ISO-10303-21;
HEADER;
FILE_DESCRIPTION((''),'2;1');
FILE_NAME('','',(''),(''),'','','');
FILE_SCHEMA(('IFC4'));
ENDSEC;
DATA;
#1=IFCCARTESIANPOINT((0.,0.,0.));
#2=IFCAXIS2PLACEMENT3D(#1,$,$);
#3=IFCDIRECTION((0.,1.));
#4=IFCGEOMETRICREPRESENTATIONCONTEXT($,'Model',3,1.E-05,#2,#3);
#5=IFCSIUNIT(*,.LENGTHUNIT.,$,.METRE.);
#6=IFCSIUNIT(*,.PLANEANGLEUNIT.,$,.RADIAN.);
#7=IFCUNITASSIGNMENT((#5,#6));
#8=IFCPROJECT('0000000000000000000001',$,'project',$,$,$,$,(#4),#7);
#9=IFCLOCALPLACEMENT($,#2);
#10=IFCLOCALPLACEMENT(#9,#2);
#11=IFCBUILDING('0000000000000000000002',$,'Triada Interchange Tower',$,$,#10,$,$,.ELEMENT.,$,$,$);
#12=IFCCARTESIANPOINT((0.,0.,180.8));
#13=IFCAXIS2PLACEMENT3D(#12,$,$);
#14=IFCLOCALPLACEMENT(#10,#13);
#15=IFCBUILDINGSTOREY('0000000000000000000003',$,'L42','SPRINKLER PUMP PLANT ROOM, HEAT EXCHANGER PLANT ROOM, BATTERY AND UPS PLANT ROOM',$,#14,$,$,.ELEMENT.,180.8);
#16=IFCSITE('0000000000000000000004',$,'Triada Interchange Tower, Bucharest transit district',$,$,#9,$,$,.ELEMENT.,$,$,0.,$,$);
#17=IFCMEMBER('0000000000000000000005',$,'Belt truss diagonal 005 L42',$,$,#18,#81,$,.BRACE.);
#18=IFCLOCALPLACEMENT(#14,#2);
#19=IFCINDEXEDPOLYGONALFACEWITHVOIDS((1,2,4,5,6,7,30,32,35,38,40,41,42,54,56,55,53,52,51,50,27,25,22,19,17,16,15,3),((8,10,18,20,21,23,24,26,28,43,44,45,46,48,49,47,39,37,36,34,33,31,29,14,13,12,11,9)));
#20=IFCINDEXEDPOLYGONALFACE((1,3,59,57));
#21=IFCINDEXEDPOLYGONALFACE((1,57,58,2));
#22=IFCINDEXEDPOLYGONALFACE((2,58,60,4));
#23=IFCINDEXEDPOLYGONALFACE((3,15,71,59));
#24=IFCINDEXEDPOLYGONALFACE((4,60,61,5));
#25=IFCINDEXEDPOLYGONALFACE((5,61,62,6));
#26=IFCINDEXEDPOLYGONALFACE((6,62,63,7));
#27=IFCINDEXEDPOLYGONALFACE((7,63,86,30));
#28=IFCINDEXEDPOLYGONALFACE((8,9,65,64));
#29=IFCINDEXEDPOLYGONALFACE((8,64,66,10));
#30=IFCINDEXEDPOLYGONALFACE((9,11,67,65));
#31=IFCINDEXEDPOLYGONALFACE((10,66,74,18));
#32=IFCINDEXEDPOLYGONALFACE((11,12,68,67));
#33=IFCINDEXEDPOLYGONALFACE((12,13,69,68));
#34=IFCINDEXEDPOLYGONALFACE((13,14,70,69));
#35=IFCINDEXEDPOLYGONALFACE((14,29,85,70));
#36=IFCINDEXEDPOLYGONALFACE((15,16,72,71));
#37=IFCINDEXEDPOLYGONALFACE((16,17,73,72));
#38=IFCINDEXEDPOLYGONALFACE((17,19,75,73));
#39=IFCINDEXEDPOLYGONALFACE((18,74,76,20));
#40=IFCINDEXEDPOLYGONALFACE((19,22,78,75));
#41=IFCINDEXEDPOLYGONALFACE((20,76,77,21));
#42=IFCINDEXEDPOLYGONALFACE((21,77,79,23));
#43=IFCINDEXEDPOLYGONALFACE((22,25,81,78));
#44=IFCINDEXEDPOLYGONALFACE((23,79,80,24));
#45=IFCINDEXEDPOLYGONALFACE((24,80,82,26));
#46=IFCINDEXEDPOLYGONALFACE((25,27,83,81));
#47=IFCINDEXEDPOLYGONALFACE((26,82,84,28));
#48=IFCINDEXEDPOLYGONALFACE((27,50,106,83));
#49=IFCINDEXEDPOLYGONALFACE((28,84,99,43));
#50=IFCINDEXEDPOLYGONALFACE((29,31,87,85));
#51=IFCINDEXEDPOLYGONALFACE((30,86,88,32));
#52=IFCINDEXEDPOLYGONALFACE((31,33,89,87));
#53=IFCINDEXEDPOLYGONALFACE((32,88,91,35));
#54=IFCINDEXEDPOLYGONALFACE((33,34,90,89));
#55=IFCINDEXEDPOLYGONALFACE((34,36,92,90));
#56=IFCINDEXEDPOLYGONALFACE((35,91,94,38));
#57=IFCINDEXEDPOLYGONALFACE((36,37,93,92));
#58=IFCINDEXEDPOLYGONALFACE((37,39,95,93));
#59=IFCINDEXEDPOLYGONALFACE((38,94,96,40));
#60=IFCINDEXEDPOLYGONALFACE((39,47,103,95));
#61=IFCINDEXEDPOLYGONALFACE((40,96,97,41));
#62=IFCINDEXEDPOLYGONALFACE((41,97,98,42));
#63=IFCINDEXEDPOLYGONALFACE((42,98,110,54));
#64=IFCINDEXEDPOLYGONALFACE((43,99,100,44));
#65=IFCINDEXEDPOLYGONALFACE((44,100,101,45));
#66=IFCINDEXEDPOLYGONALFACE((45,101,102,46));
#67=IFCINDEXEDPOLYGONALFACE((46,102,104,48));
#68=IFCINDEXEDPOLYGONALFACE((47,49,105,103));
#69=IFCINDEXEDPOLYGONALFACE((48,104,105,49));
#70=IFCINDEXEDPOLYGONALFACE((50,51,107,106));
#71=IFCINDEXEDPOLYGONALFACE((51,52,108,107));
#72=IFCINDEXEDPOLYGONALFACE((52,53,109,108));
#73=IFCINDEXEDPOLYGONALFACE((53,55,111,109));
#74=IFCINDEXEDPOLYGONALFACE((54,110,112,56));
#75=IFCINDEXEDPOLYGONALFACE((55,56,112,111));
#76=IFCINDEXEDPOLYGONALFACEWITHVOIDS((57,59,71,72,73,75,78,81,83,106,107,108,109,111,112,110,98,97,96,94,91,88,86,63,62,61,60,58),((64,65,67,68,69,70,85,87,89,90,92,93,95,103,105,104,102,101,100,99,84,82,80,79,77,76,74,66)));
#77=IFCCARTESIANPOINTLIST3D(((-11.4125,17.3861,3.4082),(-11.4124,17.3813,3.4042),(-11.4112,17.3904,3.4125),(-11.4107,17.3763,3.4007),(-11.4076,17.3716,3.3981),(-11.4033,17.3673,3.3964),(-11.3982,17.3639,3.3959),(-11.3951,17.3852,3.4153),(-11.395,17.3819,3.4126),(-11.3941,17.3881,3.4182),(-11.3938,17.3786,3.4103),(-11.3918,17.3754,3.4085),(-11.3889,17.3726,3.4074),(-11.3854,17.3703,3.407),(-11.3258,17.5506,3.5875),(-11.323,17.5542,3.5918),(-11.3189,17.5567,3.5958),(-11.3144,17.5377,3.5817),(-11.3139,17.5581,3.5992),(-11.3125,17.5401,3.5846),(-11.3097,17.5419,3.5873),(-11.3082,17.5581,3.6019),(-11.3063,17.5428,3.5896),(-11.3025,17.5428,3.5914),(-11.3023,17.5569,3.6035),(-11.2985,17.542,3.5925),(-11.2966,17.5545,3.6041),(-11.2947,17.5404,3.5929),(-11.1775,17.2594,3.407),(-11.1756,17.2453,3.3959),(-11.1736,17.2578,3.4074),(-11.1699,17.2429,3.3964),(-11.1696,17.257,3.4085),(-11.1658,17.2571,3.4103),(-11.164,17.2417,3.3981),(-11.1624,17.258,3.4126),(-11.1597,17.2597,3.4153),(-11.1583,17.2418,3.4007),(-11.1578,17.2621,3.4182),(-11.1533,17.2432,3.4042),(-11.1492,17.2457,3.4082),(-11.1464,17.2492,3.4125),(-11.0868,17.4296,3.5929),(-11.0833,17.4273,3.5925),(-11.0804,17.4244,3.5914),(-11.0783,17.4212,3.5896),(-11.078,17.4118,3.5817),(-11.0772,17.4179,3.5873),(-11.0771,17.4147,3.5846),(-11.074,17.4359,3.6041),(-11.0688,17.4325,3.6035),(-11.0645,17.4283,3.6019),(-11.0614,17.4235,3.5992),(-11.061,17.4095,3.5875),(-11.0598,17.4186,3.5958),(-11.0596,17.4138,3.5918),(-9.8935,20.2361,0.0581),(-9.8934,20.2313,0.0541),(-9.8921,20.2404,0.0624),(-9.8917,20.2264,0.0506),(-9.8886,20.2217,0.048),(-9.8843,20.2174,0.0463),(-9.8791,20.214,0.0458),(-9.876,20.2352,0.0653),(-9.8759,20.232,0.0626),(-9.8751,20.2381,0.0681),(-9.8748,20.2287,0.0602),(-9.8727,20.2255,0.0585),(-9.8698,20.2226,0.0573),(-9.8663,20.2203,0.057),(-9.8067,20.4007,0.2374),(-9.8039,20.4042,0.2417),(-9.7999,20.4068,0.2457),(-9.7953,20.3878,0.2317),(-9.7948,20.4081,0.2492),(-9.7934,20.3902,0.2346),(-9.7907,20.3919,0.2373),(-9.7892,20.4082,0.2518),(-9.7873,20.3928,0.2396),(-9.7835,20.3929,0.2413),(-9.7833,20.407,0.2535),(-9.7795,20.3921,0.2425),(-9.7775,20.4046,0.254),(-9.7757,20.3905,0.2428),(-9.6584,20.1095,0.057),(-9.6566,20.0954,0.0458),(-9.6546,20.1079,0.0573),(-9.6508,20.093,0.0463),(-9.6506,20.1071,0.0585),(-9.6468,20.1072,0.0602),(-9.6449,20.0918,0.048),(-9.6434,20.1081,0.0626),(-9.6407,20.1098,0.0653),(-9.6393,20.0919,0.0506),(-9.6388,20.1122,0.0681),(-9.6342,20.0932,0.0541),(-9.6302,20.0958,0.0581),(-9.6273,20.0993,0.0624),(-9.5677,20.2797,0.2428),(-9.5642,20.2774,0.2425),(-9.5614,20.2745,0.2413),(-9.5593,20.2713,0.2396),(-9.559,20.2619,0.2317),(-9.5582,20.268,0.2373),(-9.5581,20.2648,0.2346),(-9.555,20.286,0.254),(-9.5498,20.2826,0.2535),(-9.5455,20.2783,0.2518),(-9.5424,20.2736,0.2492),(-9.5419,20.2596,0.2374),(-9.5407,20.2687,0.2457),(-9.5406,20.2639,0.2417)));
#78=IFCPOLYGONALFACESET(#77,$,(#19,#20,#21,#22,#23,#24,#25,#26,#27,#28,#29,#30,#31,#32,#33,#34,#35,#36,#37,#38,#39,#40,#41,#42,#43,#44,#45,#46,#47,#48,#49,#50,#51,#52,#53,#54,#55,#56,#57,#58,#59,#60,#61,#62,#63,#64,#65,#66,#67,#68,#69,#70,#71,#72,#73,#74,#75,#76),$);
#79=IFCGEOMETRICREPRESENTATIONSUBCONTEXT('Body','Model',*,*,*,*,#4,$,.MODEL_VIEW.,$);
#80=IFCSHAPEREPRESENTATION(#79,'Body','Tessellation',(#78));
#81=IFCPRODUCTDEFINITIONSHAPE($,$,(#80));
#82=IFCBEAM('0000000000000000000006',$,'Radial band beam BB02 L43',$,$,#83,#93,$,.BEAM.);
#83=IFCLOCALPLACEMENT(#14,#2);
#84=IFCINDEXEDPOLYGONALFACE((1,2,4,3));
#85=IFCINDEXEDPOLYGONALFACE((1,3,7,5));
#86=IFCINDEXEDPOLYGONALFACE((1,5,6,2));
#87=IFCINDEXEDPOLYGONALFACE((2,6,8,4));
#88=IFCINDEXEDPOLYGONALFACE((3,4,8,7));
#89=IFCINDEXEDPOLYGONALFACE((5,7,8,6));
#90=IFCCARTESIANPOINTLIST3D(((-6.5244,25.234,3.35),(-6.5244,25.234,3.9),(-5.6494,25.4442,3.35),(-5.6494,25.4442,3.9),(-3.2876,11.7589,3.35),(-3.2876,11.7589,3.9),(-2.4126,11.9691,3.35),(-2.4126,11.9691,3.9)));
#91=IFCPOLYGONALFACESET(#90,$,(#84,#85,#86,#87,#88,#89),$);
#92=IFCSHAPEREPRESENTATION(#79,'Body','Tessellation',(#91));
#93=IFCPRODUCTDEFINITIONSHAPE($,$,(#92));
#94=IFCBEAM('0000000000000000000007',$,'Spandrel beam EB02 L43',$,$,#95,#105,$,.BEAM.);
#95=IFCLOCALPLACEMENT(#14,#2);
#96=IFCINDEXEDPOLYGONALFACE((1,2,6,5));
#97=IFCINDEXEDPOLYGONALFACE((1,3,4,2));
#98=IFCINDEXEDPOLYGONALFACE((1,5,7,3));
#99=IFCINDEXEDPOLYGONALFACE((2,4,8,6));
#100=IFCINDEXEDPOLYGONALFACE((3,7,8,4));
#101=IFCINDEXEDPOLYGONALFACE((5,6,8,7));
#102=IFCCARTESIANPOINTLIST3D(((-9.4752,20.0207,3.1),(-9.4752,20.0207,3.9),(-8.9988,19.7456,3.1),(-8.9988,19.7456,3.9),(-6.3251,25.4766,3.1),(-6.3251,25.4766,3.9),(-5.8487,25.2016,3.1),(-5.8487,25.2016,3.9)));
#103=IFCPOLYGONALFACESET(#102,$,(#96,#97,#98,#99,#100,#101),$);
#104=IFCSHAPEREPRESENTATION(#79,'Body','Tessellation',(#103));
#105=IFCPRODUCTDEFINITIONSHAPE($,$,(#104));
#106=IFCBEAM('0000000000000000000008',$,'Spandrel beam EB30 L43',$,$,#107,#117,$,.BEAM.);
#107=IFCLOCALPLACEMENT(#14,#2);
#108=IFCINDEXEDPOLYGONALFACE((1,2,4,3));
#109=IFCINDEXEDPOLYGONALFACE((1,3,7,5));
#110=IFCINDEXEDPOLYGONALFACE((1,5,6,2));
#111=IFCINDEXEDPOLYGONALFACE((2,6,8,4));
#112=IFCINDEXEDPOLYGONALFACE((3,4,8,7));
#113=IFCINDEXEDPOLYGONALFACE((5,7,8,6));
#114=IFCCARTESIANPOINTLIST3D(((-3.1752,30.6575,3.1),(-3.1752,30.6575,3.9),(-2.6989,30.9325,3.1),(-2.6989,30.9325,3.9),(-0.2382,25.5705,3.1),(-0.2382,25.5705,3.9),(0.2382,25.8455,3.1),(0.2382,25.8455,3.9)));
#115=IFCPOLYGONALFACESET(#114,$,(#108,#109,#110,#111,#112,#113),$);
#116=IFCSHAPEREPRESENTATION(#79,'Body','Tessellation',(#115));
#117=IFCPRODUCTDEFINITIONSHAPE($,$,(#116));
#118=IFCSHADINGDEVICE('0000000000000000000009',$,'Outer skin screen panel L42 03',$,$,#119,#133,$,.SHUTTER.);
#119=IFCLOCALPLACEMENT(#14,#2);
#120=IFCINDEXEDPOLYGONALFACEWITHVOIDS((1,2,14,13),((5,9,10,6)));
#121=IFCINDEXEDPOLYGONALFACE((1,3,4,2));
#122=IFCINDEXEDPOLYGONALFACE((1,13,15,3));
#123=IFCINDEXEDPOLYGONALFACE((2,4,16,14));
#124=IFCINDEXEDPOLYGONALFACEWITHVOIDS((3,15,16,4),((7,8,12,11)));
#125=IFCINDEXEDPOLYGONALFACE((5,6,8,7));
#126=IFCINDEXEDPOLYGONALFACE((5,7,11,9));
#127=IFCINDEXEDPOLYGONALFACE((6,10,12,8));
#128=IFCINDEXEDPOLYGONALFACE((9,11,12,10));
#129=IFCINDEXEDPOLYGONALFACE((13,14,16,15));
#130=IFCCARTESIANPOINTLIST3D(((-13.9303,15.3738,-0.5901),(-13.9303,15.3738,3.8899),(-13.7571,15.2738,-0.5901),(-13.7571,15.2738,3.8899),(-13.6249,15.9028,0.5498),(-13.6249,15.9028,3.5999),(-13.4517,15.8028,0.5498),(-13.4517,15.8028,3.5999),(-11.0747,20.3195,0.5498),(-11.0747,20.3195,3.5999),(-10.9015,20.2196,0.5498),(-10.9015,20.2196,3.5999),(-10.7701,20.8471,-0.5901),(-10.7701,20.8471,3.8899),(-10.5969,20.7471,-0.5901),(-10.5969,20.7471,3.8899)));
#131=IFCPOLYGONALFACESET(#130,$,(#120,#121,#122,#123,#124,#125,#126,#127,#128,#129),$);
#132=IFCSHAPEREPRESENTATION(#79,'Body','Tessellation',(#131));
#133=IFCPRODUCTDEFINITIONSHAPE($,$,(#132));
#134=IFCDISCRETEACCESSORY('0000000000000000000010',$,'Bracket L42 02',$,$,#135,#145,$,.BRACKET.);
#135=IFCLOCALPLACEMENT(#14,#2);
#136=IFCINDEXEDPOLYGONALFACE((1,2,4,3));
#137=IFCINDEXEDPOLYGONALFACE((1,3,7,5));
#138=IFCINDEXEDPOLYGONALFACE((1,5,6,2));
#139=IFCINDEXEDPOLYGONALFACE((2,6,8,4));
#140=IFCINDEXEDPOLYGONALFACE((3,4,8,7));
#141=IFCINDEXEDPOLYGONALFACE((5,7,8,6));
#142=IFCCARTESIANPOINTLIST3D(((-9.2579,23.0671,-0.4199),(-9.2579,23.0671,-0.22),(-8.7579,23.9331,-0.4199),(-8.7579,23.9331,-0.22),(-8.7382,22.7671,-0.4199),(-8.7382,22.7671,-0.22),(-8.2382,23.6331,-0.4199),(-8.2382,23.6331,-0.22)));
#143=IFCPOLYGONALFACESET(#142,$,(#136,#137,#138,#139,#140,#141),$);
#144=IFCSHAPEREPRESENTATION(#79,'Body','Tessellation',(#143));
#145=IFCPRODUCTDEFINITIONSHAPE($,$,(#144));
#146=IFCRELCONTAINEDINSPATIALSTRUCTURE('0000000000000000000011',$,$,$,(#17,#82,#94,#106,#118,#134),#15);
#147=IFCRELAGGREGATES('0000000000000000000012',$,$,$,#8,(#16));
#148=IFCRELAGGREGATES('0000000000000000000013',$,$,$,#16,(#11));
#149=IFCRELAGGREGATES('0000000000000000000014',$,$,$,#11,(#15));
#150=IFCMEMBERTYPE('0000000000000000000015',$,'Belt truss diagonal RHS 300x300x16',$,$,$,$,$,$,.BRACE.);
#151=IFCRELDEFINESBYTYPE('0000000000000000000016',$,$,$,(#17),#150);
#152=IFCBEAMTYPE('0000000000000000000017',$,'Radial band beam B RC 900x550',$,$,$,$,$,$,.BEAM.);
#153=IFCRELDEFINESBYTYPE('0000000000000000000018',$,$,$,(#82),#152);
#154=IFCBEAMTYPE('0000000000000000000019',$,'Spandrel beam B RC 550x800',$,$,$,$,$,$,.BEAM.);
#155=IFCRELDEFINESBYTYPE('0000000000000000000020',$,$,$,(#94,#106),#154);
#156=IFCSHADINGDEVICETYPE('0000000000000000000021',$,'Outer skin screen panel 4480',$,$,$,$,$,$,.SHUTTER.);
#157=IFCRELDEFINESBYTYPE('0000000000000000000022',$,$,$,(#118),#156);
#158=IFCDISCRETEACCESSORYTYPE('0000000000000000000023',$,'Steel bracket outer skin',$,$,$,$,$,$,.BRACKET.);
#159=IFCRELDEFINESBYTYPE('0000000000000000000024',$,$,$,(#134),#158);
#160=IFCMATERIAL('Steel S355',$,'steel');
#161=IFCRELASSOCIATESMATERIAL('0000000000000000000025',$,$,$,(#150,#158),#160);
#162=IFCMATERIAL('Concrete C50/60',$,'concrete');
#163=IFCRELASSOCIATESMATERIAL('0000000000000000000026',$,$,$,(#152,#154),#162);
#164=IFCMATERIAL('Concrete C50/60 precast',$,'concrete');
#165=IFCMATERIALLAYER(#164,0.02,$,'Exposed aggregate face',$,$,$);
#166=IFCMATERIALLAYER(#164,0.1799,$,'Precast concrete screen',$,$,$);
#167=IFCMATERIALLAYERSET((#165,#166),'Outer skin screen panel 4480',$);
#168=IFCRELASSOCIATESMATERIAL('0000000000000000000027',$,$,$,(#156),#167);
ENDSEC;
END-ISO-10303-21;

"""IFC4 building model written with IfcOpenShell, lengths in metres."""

from ifc_helpers import new_model, si_unit, direction, frame, origin, origin_2d, place, context, subcontext, project, spatial, polyline, rectangle, hollow_rectangle, outline, extrude, material, layer, layer_set, material_profile, profile_set, type_object, element, save


model = new_model("IFC4")

# Units and contexts
model_context = context("Model", 3, precision=1e-05, world=origin(), true_north=direction((0.0, 1.0)))
body_context = subcontext(model_context, "Body", "Model", "MODEL_VIEW")
ifc_project = project(units=[si_unit("LENGTHUNIT", "METRE"), si_unit("PLANEANGLEUNIT", "RADIAN")], contexts=[model_context])

# Site, building, storey
site_placement = place(None, origin())
site = spatial("IfcSite", under=ifc_project, at=site_placement, Name="Triada Interchange Tower, Bucharest transit district", CompositionType="ELEMENT", RefElevation=0.0)
building_placement = place(site_placement, origin())
building = spatial("IfcBuilding", under=site, at=building_placement, Name="Triada Interchange Tower", CompositionType="ELEMENT")
storey_placement = place(building_placement, frame((0.0, 0.0, 180.8)))
storey = spatial("IfcBuildingStorey", under=building, at=storey_placement, Name="L42", Description="SPRINKLER PUMP PLANT ROOM, HEAT EXCHANGER PLANT ROOM, BATTERY AND UPS PLANT ROOM", CompositionType="ELEMENT", Elevation=180.8)

# Member
ifc_material_1 = material(Name="Steel S355", Category="steel")
ifc_material_profile_1 = material_profile(ifc_material_1, hollow_rectangle(XDim=0.3, YDim=0.3, WallThickness=0.0161, InnerFilletRadius=0.0161, OuterFilletRadius=0.0239, at=origin_2d()), Name="RHS 300x300x16")
ifc_profile_set_1 = profile_set([ifc_material_profile_1], Name="Steel S355")
member_type = type_object("IfcMemberType", Name="Belt truss diagonal RHS 300x300x16", PredefinedType="BRACE", material=ifc_profile_set_1)
member_1_placement = place(storey_placement, frame((-9.717, 20.25, 0.1499), z_axis=(-0.32644, -0.612482, 0.719932), x_axis=(0.882483, -0.470345, 0.0)))
element("IfcMember", 1, at=member_1_placement, inside=storey, type_object=member_type, Name="Belt truss diagonal 005 L42", PredefinedType="BRACE", context=body_context, shape_type="SweptSolid", body=[
    extrude(hollow_rectangle(XDim=0.3, YDim=0.3, WallThickness=0.0161, InnerFilletRadius=0.0161, OuterFilletRadius=0.0239, at=origin_2d()), origin(), (0.0, 0.0, 1.0), 4.6533),
])

# Beams
ifc_material_2 = material(Name="Concrete C50/60", Category="concrete")
ifc_material_profile_2 = material_profile(ifc_material_2, rectangle(XDim=0.8999, YDim=0.55, at=origin_2d()), Name="RC 900x550")
ifc_profile_set_2 = profile_set([ifc_material_profile_2], Name="Concrete C50/60")
beam_type_1 = type_object("IfcBeamType", Name="Radial band beam B RC 900x550", PredefinedType="BEAM", material=ifc_profile_set_2)
beam_1_placement = place(storey_placement, frame((-6.0869, 25.3391, 3.625), z_axis=(0.233564, -0.972342, 0.0), x_axis=(0.972342, 0.233564, 0.0)))
element("IfcBeam", 2, at=beam_1_placement, inside=storey, type_object=beam_type_1, Name="Radial band beam BB02 L43", PredefinedType="BEAM", context=body_context, shape_type="SweptSolid", body=[
    extrude(rectangle(XDim=0.8999, YDim=0.55, at=origin_2d()), origin(), (0.0, 0.0, 1.0), 13.8584),
])
ifc_material_profile_3 = material_profile(ifc_material_2, rectangle(XDim=0.55, YDim=0.8, at=origin_2d()), Name="RC 550x800")
ifc_profile_set_3 = profile_set([ifc_material_profile_3], Name="Concrete C50/60")
beam_type_2 = type_object("IfcBeamType", Name="Spandrel beam B RC 550x800", PredefinedType="BEAM", material=ifc_profile_set_3)
beam_2_placement = place(storey_placement, frame((-6.0869, 25.3391, 3.5), z_axis=(-0.500011, -0.866019, 0.0), x_axis=(0.866019, -0.500011, 0.0)))
element("IfcBeam", 3, at=beam_2_placement, inside=storey, type_object=beam_type_2, Name="Spandrel beam EB02 L43", PredefinedType="BEAM", context=body_context, shape_type="SweptSolid", body=[
    extrude(rectangle(XDim=0.55, YDim=0.8, at=origin_2d()), origin(), (0.0, 0.0, 1.0), 6.3),
])
beam_3_placement = place(storey_placement, frame((0.0, 25.708, 3.5), z_axis=(-0.50001, 0.866019, 0.0), x_axis=(-0.866019, -0.50001, 0.0)))
element("IfcBeam", 4, at=beam_3_placement, inside=storey, type_object=beam_type_2, Name="Spandrel beam EB30 L43", PredefinedType="BEAM", context=body_context, shape_type="SweptSolid", body=[
    extrude(rectangle(XDim=0.55, YDim=0.8, at=origin_2d()), origin(), (0.0, 0.0, 1.0), 5.874),
])

# Shading device
ifc_material_3 = material(Name="Concrete C50/60 precast", Category="concrete")
ifc_layer_1 = layer(ifc_material_3, 0.02, Name="Exposed aggregate face")
ifc_layer_2 = layer(ifc_material_3, 0.1799, Name="Precast concrete screen")
ifc_layer_set = layer_set([ifc_layer_1, ifc_layer_2], Name="Outer skin screen panel 4480")
shading_device_type = type_object("IfcShadingDeviceType", Name="Outer skin screen panel 4480", PredefinedType="SHUTTER", material=ifc_layer_set)
shading_device_placement = place(storey_placement, frame((-10.5969, 20.7471, -0.5901), z_axis=(0.0, 0.0, 1.0), x_axis=(-0.500028, -0.866009, 0.0)))
element("IfcShadingDevice", 5, at=shading_device_placement, inside=storey, type_object=shading_device_type, Name="Outer skin screen panel L42 03", PredefinedType="SHUTTER", context=body_context, shape_type="SweptSolid", body=[
    extrude(outline(polyline([(0.0, 0.0), (6.3201, 0.0), (6.3201, 4.48), (0.0, 4.48), (0.0, 0.0)]), holes=[polyline([(0.6091, 1.1399), (0.6091, 4.1899), (5.7092, 4.1899), (5.7092, 1.1399), (0.6091, 1.1399)])]), frame((0.0, 0.0, 0.0), z_axis=(0.0, -1.0, 0.0), x_axis=(1.0, 0.0, 0.0)), (0.0, 0.0, 1.0), 0.2),
])

# Discrete accessory
discrete_accessory_type = type_object("IfcDiscreteAccessoryType", Name="Steel bracket outer skin", PredefinedType="BRACKET", material=ifc_material_1)
discrete_accessory_placement = place(storey_placement, frame((-8.748, 23.3501, -0.4199), z_axis=(0.0, 0.0, 1.0), x_axis=(-0.866021, 0.500007, 0.0)))
element("IfcDiscreteAccessory", 6, at=discrete_accessory_placement, inside=storey, type_object=discrete_accessory_type, Name="Bracket L42 02", PredefinedType="BRACKET", context=body_context, shape_type="SweptSolid", body=[
    extrude(rectangle(XDim=0.6001, YDim=1.0, at=origin_2d()), origin(), (0.0, 0.0, 1.0), 0.2),
])

save(model, "model.ifc")
